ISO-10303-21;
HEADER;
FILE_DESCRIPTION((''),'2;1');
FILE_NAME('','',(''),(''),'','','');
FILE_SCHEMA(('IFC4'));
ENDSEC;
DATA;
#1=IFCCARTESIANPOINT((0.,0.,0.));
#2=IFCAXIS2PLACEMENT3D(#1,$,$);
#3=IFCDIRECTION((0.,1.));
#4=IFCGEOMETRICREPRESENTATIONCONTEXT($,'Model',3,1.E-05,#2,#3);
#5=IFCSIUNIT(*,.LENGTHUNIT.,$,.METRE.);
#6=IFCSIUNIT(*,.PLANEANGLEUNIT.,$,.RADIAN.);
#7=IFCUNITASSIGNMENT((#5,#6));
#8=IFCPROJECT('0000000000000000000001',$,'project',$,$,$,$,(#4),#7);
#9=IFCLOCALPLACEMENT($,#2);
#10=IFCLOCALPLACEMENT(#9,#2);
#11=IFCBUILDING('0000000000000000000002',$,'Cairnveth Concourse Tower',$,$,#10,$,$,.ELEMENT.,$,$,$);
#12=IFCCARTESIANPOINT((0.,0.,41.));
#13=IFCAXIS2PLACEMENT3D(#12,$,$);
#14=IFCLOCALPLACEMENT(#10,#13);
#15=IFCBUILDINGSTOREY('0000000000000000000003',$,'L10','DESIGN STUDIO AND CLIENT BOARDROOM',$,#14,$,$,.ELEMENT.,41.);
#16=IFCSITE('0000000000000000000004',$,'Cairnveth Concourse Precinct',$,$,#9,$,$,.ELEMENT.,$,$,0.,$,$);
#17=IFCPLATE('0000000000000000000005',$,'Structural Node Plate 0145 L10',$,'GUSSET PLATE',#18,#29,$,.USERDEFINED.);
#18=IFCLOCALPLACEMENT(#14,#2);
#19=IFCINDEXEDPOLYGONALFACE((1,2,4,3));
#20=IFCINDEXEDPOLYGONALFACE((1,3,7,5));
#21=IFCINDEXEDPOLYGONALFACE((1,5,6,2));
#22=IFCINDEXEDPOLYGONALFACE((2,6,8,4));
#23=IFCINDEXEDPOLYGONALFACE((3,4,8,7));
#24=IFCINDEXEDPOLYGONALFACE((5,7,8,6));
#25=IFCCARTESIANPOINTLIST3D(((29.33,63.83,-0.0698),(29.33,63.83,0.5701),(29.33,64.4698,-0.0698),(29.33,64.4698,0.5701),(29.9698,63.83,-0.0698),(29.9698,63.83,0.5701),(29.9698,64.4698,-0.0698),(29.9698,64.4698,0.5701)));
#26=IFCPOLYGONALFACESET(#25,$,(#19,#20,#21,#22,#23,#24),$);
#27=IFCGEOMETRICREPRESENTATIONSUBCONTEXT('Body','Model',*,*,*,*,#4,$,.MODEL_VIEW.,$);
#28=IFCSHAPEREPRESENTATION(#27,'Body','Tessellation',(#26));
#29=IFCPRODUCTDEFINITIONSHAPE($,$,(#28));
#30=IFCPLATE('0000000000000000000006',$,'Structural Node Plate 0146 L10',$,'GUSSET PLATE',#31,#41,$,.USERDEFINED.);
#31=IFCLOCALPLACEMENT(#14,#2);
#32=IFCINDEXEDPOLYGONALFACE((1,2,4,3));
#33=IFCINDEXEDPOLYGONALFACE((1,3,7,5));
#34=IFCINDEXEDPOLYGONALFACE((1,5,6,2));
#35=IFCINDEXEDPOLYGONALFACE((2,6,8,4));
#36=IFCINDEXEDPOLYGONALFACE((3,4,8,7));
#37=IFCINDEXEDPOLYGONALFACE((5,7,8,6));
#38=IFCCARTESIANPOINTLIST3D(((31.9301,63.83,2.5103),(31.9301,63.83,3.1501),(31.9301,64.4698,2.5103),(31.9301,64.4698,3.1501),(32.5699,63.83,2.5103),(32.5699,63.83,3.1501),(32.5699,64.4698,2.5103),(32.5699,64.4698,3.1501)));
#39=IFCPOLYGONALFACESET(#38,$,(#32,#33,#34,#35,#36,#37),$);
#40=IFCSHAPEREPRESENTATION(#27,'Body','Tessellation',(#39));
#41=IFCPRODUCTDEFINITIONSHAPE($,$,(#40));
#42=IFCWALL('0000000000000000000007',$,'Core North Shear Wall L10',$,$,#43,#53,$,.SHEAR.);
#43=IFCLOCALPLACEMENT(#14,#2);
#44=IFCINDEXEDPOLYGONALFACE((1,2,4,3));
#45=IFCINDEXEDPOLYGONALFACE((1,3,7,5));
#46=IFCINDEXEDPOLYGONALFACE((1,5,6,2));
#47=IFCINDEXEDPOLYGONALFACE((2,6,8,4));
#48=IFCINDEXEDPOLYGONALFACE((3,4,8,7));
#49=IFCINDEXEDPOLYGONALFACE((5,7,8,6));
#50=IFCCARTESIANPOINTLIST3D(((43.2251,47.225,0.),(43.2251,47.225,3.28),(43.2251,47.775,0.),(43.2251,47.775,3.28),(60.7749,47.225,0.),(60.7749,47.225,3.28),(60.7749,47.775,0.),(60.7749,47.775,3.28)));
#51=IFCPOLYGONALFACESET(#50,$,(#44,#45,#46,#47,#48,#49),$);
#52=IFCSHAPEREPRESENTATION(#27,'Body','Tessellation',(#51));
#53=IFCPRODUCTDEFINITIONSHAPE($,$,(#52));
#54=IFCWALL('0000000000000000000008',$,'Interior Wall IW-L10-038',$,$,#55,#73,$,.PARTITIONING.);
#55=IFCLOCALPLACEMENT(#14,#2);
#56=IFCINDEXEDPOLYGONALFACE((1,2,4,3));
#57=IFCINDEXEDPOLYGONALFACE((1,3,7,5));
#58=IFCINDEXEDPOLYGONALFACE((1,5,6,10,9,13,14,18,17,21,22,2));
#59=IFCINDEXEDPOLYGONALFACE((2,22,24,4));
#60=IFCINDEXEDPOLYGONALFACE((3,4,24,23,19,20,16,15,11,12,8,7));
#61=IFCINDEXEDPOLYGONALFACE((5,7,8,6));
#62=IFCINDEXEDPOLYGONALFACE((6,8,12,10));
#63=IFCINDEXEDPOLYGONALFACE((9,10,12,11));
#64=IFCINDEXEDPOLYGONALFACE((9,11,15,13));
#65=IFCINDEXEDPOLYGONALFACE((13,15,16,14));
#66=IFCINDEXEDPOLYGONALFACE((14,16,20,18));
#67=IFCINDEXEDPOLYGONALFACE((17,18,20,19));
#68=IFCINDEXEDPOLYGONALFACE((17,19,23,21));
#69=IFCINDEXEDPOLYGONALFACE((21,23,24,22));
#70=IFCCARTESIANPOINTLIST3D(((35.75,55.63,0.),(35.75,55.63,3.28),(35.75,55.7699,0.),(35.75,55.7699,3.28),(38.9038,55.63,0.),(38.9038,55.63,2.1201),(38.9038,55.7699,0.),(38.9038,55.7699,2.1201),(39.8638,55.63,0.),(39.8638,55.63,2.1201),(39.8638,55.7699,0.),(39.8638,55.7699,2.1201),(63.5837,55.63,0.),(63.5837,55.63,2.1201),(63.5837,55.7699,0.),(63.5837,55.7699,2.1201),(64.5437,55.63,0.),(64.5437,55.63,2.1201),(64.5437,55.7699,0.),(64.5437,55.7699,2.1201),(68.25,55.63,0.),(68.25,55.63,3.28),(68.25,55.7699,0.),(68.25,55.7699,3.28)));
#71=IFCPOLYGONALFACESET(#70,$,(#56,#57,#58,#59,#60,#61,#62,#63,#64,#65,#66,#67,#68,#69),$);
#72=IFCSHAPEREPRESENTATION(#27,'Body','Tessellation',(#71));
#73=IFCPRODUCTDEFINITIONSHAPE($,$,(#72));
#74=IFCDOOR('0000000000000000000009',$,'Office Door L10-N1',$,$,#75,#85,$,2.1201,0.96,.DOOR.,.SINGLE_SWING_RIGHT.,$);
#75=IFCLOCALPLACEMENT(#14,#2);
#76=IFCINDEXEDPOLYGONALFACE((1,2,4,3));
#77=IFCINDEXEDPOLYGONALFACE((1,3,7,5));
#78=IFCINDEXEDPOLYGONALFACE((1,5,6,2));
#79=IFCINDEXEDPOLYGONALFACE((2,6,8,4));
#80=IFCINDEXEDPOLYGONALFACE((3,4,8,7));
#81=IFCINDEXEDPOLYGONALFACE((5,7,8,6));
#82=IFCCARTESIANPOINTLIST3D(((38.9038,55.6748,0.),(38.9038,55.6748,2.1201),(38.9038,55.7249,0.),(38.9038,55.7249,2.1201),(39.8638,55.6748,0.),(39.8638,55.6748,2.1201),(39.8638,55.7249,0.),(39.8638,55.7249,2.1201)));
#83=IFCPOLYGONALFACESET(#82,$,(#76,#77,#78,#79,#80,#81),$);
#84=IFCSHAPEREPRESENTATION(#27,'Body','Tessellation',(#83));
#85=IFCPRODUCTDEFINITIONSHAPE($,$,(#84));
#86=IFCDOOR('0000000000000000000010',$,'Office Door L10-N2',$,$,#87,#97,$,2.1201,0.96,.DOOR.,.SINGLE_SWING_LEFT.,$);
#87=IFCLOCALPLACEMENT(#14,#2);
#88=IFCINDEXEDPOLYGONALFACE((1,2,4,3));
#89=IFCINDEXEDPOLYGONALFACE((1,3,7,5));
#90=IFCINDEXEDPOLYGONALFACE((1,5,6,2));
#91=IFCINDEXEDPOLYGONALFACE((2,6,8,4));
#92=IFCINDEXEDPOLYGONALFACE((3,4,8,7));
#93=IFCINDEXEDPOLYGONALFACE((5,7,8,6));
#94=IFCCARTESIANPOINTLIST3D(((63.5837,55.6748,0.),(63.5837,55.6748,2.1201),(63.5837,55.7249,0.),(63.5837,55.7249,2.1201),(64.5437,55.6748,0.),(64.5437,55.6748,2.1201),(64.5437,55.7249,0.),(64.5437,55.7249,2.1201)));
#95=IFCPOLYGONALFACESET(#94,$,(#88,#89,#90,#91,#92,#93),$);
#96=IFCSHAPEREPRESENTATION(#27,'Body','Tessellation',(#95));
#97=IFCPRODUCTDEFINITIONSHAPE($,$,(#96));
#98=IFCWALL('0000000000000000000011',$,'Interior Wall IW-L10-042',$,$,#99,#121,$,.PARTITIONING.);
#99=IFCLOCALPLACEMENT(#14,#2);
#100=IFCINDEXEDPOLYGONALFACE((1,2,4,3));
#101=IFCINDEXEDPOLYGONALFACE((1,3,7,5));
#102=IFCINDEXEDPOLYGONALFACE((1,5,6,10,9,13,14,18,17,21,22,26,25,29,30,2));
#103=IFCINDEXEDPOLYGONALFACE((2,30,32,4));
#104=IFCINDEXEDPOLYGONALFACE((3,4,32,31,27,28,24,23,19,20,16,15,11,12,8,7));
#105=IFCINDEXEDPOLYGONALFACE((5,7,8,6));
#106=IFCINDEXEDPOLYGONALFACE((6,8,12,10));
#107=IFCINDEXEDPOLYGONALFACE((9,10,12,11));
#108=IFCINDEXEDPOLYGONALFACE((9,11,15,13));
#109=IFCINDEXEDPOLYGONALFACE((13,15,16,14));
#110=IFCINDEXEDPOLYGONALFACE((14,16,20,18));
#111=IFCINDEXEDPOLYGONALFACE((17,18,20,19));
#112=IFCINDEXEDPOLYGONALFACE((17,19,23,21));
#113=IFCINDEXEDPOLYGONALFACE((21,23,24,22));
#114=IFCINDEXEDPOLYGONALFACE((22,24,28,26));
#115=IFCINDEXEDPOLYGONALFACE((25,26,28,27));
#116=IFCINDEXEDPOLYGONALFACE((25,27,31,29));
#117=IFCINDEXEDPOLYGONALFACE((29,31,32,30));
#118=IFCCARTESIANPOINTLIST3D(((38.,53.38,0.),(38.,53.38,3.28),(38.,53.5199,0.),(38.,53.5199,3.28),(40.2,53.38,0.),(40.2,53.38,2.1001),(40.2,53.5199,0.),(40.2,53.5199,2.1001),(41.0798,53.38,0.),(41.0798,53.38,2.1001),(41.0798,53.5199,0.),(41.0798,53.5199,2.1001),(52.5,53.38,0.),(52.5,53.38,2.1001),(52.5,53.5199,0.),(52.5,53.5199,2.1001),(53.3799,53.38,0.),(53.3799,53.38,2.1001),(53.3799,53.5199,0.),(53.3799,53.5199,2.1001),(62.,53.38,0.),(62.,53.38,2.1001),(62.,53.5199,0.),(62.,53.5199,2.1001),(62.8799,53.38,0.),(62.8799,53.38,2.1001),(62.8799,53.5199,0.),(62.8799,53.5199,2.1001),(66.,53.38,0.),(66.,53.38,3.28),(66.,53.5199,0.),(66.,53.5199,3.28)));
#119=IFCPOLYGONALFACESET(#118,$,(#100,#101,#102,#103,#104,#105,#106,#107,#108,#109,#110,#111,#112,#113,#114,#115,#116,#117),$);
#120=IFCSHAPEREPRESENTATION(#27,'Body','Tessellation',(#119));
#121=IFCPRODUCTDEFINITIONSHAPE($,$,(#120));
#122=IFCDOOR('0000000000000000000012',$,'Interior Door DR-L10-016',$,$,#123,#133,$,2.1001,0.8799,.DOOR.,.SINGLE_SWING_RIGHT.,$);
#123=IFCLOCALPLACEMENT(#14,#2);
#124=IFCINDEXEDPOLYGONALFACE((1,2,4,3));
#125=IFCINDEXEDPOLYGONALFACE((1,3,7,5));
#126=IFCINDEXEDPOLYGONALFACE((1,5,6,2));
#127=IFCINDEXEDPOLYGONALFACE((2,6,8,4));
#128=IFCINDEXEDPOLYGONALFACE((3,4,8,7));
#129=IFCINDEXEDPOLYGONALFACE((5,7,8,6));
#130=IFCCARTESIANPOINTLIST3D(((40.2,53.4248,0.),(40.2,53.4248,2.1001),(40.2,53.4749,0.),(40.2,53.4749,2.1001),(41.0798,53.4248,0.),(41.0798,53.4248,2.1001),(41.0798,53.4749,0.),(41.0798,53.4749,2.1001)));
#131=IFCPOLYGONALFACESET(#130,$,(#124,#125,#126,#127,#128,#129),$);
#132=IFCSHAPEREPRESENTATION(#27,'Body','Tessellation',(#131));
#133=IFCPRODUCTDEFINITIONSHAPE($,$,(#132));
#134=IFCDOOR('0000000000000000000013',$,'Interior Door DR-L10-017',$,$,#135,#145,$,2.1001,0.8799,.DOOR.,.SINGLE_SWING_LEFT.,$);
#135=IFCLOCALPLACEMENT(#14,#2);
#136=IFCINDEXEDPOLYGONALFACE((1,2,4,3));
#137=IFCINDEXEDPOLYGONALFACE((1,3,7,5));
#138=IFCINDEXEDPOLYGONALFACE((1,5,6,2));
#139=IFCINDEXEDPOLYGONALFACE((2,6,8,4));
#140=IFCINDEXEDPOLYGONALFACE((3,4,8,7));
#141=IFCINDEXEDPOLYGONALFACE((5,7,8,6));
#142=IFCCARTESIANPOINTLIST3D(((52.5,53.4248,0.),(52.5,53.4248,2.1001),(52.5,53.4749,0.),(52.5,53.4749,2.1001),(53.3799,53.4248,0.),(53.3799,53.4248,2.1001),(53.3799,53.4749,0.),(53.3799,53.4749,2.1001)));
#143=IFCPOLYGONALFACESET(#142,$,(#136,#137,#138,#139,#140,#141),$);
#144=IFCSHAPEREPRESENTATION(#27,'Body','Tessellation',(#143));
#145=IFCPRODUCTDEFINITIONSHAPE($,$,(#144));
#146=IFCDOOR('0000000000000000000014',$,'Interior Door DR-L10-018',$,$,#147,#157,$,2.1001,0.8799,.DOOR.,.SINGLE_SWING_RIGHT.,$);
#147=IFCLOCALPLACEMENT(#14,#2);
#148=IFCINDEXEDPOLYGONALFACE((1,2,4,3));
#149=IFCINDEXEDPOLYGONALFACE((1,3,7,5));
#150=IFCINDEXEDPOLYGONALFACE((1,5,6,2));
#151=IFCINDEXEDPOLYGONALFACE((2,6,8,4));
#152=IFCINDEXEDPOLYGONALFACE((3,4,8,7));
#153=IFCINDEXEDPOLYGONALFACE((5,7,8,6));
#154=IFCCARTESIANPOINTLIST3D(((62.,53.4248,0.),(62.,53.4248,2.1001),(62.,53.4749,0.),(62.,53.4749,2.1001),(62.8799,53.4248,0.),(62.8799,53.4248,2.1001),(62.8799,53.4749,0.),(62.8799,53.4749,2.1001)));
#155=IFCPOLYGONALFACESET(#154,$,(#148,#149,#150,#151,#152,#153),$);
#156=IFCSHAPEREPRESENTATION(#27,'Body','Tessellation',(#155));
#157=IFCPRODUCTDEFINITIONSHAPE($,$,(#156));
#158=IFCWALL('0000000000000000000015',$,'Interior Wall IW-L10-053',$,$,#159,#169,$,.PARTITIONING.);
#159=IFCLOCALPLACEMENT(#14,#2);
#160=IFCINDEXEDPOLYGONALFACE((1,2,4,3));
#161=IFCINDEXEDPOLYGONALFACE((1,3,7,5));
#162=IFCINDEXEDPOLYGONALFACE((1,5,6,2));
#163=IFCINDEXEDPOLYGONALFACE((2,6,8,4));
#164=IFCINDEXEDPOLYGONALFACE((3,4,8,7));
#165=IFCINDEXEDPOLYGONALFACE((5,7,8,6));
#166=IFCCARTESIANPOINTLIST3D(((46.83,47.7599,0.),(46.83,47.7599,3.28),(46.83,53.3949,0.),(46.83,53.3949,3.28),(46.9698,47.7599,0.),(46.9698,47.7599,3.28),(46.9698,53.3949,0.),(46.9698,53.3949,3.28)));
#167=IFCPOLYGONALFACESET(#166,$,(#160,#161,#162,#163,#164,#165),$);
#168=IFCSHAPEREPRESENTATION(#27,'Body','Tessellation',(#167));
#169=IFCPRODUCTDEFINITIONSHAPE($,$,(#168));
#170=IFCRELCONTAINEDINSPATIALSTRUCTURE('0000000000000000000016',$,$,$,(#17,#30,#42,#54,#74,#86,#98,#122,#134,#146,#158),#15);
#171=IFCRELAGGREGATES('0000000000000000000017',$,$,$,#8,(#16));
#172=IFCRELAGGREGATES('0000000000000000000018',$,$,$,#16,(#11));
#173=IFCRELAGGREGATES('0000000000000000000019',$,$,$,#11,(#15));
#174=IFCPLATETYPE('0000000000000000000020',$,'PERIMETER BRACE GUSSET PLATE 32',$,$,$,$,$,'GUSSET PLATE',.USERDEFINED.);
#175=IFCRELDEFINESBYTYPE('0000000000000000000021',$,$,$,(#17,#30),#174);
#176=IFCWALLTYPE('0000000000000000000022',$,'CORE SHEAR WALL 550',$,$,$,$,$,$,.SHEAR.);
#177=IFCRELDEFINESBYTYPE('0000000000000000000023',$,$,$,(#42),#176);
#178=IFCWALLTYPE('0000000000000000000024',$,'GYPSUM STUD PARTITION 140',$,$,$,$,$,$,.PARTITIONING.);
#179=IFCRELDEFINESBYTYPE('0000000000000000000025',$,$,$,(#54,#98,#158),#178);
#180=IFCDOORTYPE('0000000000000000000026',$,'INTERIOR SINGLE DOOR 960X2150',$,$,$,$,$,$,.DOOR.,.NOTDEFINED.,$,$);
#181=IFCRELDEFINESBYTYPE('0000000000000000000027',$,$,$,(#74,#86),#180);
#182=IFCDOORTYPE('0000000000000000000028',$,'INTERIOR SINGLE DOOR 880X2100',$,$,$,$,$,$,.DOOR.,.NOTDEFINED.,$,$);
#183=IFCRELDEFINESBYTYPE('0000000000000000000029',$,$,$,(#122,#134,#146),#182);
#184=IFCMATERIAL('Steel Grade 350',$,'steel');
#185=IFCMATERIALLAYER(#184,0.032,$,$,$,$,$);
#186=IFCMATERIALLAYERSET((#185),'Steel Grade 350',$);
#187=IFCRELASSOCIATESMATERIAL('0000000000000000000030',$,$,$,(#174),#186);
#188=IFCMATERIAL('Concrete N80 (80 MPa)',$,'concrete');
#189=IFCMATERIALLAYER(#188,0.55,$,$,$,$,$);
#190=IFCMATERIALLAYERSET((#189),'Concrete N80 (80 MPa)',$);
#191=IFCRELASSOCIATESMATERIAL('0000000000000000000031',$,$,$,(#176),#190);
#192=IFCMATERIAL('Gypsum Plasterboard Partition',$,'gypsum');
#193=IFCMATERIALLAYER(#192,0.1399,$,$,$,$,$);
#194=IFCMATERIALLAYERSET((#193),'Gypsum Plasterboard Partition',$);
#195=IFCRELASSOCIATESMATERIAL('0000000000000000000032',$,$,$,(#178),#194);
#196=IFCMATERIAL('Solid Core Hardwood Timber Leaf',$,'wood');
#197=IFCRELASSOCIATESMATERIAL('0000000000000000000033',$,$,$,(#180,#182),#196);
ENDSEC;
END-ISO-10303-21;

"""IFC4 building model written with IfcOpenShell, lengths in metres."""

from ifc_helpers import new_model, si_unit, direction, frame, frame_2d, origin, origin_2d, place, context, subcontext, project, spatial, rectangle, extrude, material, layer, layer_set, type_object, element, fill, save


model = new_model("IFC4")

# Units and contexts
model_context = context("Model", 3, precision=1e-05, world=origin(), true_north=direction((0.0, 1.0)))
body_context = subcontext(model_context, "Body", "Model", "MODEL_VIEW")
ifc_project = project(units=[si_unit("LENGTHUNIT", "METRE"), si_unit("PLANEANGLEUNIT", "RADIAN")], contexts=[model_context])

# Site, building, storey
site_placement = place(None, origin())
site = spatial("IfcSite", under=ifc_project, at=site_placement, Name="Cairnveth Concourse Precinct", CompositionType="ELEMENT", RefElevation=0.0)
building_placement = place(site_placement, origin())
building = spatial("IfcBuilding", under=site, at=building_placement, Name="Cairnveth Concourse Tower", CompositionType="ELEMENT")
storey_placement = place(building_placement, frame((0.0, 0.0, 41.0)))
storey = spatial("IfcBuildingStorey", under=building, at=storey_placement, Name="L10", Description="DESIGN STUDIO AND CLIENT BOARDROOM", CompositionType="ELEMENT", Elevation=41.0)

# Shared definitions
ifc_material_1 = material(Name="Steel Grade 350", Category="steel")

# Plates
ifc_layer_1 = layer(ifc_material_1, 0.032)
ifc_layer_set_1 = layer_set([ifc_layer_1], Name="Steel Grade 350")
plate_type = type_object("IfcPlateType", Name="PERIMETER BRACE GUSSET PLATE 32", ElementType="GUSSET PLATE", PredefinedType="USERDEFINED", material=ifc_layer_set_1)
for number, where, z_axis, x_axis, name in (
    (1, (29.6499, 64.1499, -0.0698), (0.0, 0.0, 1.0), (1.0, 0.0, 0.0), "Structural Node Plate 0145 L10"),
    (2, (32.25, 64.1499, 2.5103), (0.0, 0.0, 1.0), (1.0, 0.0, 0.0), "Structural Node Plate 0146 L10"),
):
    element("IfcPlate", number, at=place(storey_placement, frame(where, z_axis=z_axis, x_axis=x_axis)), inside=storey, type_object=plate_type, Name=name, ObjectType="GUSSET PLATE", PredefinedType="USERDEFINED", context=body_context, shape_type="SweptSolid", body=[
        extrude(rectangle(XDim=0.6399, YDim=0.6399, at=origin_2d()), origin(), (0.0, 0.0, 1.0), 0.6399),
    ])

# Wall
ifc_material_2 = material(Name="Concrete N80 (80 MPa)", Category="concrete")
ifc_layer_2 = layer(ifc_material_2, 0.55)
ifc_layer_set_2 = layer_set([ifc_layer_2], Name="Concrete N80 (80 MPa)")
wall_type_1 = type_object("IfcWallType", Name="CORE SHEAR WALL 550", PredefinedType="SHEAR", material=ifc_layer_set_2)
wall_1_placement = place(storey_placement, frame((43.2251, 47.5, 0.0), z_axis=(0.0, 0.0, 1.0), x_axis=(1.0, 0.0, 0.0)))
element("IfcWall", 3, at=wall_1_placement, inside=storey, type_object=wall_type_1, Name="Core North Shear Wall L10", PredefinedType="SHEAR", context=body_context, shape_type="SweptSolid", body=[
    extrude(rectangle(XDim=17.5498, YDim=0.55, at=frame_2d((8.7749, 0.0))), origin(), (0.0, 0.0, 1.0), 3.28),
])

# Walls, openings, doors
ifc_material_3 = material(Name="Gypsum Plasterboard Partition", Category="gypsum")
ifc_layer_3 = layer(ifc_material_3, 0.1399)
ifc_layer_set_3 = layer_set([ifc_layer_3], Name="Gypsum Plasterboard Partition")
wall_type_2 = type_object("IfcWallType", Name="GYPSUM STUD PARTITION 140", PredefinedType="PARTITIONING", material=ifc_layer_set_3)
wall_2_placement = place(storey_placement, frame((35.75, 55.7, 0.0), z_axis=(0.0, 0.0, 1.0), x_axis=(1.0, 0.0, 0.0)))
wall_2 = element("IfcWall", 4, at=wall_2_placement, inside=storey, type_object=wall_type_2, Name="Interior Wall IW-L10-038", PredefinedType="PARTITIONING", context=body_context, shape_type="SweptSolid", body=[
    extrude(rectangle(XDim=32.5, YDim=0.1399, at=frame_2d((16.25, 0.0))), origin(), (0.0, 0.0, 1.0), 3.28),
])
opening_1_placement = place(wall_2_placement, frame((3.1538, 0.0, 0.0)))
opening_1 = element("IfcOpeningElement", 5, at=opening_1_placement, cuts=wall_2, PredefinedType="OPENING", context=body_context, shape_type="SweptSolid", body=[
    extrude(rectangle(XDim=0.96, YDim=2.1201, at=frame_2d((0.48, 1.0601))), frame((0.0, 0.0798, 0.0), z_axis=(0.0, -1.0, 0.0), x_axis=(1.0, 0.0, 0.0)), (0.0, 0.0, 1.0), 0.1599),
])
opening_2_placement = place(wall_2_placement, frame((27.8337, 0.0, 0.0)))
opening_2 = element("IfcOpeningElement", 6, at=opening_2_placement, cuts=wall_2, PredefinedType="OPENING", context=body_context, shape_type="SweptSolid", body=[
    extrude(rectangle(XDim=0.96, YDim=2.1201, at=frame_2d((0.48, 1.0601))), frame((0.0, 0.0798, 0.0), z_axis=(0.0, -1.0, 0.0), x_axis=(1.0, 0.0, 0.0)), (0.0, 0.0, 1.0), 0.1599),
])
ifc_material_4 = material(Name="Solid Core Hardwood Timber Leaf", Category="wood")
door_type_1 = type_object("IfcDoorType", Name="INTERIOR SINGLE DOOR 960X2150", OperationType="NOTDEFINED", PredefinedType="DOOR", material=ifc_material_4)
door_1_placement = place(opening_1_placement, origin())
door_1 = element("IfcDoor", 7, at=door_1_placement, inside=storey, type_object=door_type_1, Name="Office Door L10-N1", OperationType="SINGLE_SWING_RIGHT", OverallHeight=2.1201, OverallWidth=0.96, PredefinedType="DOOR", context=body_context, shape_type="SweptSolid", body=[
    extrude(rectangle(XDim=0.96, YDim=2.1201, at=frame_2d((0.48, 1.0601))), frame((0.0, 0.0249, 0.0), z_axis=(0.0, -1.0, 0.0), x_axis=(1.0, 0.0, 0.0)), (0.0, 0.0, 1.0), 0.05),
])
fill(opening_1, door_1)
door_2_placement = place(opening_2_placement, origin())
door_2 = element("IfcDoor", 8, at=door_2_placement, inside=storey, type_object=door_type_1, Name="Office Door L10-N2", OperationType="SINGLE_SWING_LEFT", OverallHeight=2.1201, OverallWidth=0.96, PredefinedType="DOOR", context=body_context, shape_type="SweptSolid", body=[
    extrude(rectangle(XDim=0.96, YDim=2.1201, at=frame_2d((0.48, 1.0601))), frame((0.0, 0.0249, 0.0), z_axis=(0.0, -1.0, 0.0), x_axis=(1.0, 0.0, 0.0)), (0.0, 0.0, 1.0), 0.05),
])
fill(opening_2, door_2)
wall_3_placement = place(storey_placement, frame((38.0, 53.45, 0.0), z_axis=(0.0, 0.0, 1.0), x_axis=(1.0, 0.0, 0.0)))
wall_3 = element("IfcWall", 9, at=wall_3_placement, inside=storey, type_object=wall_type_2, Name="Interior Wall IW-L10-042", PredefinedType="PARTITIONING", context=body_context, shape_type="SweptSolid", body=[
    extrude(rectangle(XDim=28.0, YDim=0.1399, at=frame_2d((14.0, 0.0))), origin(), (0.0, 0.0, 1.0), 3.28),
])
opening_3_placement = place(wall_3_placement, frame((2.2, 0.0, 0.0)))
opening_3 = element("IfcOpeningElement", 10, at=opening_3_placement, cuts=wall_3, PredefinedType="OPENING", context=body_context, shape_type="SweptSolid", body=[
    extrude(rectangle(XDim=0.8799, YDim=2.1001, at=frame_2d((0.4399, 1.05))), frame((0.0, 0.0798, 0.0), z_axis=(0.0, -1.0, 0.0), x_axis=(1.0, 0.0, 0.0)), (0.0, 0.0, 1.0), 0.1599),
])
opening_4_placement = place(wall_3_placement, frame((14.5, 0.0, 0.0)))
opening_4 = element("IfcOpeningElement", 11, at=opening_4_placement, cuts=wall_3, PredefinedType="OPENING", context=body_context, shape_type="SweptSolid", body=[
    extrude(rectangle(XDim=0.8799, YDim=2.1001, at=frame_2d((0.4399, 1.05))), frame((0.0, 0.0798, 0.0), z_axis=(0.0, -1.0, 0.0), x_axis=(1.0, 0.0, 0.0)), (0.0, 0.0, 1.0), 0.1599),
])
opening_5_placement = place(wall_3_placement, frame((24.0, 0.0, 0.0)))
opening_5 = element("IfcOpeningElement", 12, at=opening_5_placement, cuts=wall_3, PredefinedType="OPENING", context=body_context, shape_type="SweptSolid", body=[
    extrude(rectangle(XDim=0.8799, YDim=2.1001, at=frame_2d((0.4399, 1.05))), frame((0.0, 0.0798, 0.0), z_axis=(0.0, -1.0, 0.0), x_axis=(1.0, 0.0, 0.0)), (0.0, 0.0, 1.0), 0.1599),
])
door_type_2 = type_object("IfcDoorType", Name="INTERIOR SINGLE DOOR 880X2100", OperationType="NOTDEFINED", PredefinedType="DOOR", material=ifc_material_4)
door_3_placement = place(opening_3_placement, origin())
door_3 = element("IfcDoor", 13, at=door_3_placement, inside=storey, type_object=door_type_2, Name="Interior Door DR-L10-016", OperationType="SINGLE_SWING_RIGHT", OverallHeight=2.1001, OverallWidth=0.8799, PredefinedType="DOOR", context=body_context, shape_type="SweptSolid", body=[
    extrude(rectangle(XDim=0.8799, YDim=2.1001, at=frame_2d((0.4399, 1.05))), frame((0.0, 0.0249, 0.0), z_axis=(0.0, -1.0, 0.0), x_axis=(1.0, 0.0, 0.0)), (0.0, 0.0, 1.0), 0.05),
])
fill(opening_3, door_3)
door_4_placement = place(opening_4_placement, origin())
door_4 = element("IfcDoor", 14, at=door_4_placement, inside=storey, type_object=door_type_2, Name="Interior Door DR-L10-017", OperationType="SINGLE_SWING_LEFT", OverallHeight=2.1001, OverallWidth=0.8799, PredefinedType="DOOR", context=body_context, shape_type="SweptSolid", body=[
    extrude(rectangle(XDim=0.8799, YDim=2.1001, at=frame_2d((0.4399, 1.05))), frame((0.0, 0.0249, 0.0), z_axis=(0.0, -1.0, 0.0), x_axis=(1.0, 0.0, 0.0)), (0.0, 0.0, 1.0), 0.05),
])
fill(opening_4, door_4)
door_5_placement = place(opening_5_placement, origin())
door_5 = element("IfcDoor", 15, at=door_5_placement, inside=storey, type_object=door_type_2, Name="Interior Door DR-L10-018", OperationType="SINGLE_SWING_RIGHT", OverallHeight=2.1001, OverallWidth=0.8799, PredefinedType="DOOR", context=body_context, shape_type="SweptSolid", body=[
    extrude(rectangle(XDim=0.8799, YDim=2.1001, at=frame_2d((0.4399, 1.05))), frame((0.0, 0.0249, 0.0), z_axis=(0.0, -1.0, 0.0), x_axis=(1.0, 0.0, 0.0)), (0.0, 0.0, 1.0), 0.05),
])
fill(opening_5, door_5)

# Wall
wall_4_placement = place(storey_placement, frame((46.8999, 47.76, 0.0), z_axis=(0.0, 0.0, 1.0), x_axis=(0.0, 1.0, 0.0)))
element("IfcWall", 16, at=wall_4_placement, inside=storey, type_object=wall_type_2, Name="Interior Wall IW-L10-053", PredefinedType="PARTITIONING", context=body_context, shape_type="SweptSolid", body=[
    extrude(rectangle(XDim=5.635, YDim=0.1399, at=frame_2d((2.8174, 0.0))), origin(), (0.0, 0.0, 1.0), 3.28),
])

save(model, "model.ifc")
